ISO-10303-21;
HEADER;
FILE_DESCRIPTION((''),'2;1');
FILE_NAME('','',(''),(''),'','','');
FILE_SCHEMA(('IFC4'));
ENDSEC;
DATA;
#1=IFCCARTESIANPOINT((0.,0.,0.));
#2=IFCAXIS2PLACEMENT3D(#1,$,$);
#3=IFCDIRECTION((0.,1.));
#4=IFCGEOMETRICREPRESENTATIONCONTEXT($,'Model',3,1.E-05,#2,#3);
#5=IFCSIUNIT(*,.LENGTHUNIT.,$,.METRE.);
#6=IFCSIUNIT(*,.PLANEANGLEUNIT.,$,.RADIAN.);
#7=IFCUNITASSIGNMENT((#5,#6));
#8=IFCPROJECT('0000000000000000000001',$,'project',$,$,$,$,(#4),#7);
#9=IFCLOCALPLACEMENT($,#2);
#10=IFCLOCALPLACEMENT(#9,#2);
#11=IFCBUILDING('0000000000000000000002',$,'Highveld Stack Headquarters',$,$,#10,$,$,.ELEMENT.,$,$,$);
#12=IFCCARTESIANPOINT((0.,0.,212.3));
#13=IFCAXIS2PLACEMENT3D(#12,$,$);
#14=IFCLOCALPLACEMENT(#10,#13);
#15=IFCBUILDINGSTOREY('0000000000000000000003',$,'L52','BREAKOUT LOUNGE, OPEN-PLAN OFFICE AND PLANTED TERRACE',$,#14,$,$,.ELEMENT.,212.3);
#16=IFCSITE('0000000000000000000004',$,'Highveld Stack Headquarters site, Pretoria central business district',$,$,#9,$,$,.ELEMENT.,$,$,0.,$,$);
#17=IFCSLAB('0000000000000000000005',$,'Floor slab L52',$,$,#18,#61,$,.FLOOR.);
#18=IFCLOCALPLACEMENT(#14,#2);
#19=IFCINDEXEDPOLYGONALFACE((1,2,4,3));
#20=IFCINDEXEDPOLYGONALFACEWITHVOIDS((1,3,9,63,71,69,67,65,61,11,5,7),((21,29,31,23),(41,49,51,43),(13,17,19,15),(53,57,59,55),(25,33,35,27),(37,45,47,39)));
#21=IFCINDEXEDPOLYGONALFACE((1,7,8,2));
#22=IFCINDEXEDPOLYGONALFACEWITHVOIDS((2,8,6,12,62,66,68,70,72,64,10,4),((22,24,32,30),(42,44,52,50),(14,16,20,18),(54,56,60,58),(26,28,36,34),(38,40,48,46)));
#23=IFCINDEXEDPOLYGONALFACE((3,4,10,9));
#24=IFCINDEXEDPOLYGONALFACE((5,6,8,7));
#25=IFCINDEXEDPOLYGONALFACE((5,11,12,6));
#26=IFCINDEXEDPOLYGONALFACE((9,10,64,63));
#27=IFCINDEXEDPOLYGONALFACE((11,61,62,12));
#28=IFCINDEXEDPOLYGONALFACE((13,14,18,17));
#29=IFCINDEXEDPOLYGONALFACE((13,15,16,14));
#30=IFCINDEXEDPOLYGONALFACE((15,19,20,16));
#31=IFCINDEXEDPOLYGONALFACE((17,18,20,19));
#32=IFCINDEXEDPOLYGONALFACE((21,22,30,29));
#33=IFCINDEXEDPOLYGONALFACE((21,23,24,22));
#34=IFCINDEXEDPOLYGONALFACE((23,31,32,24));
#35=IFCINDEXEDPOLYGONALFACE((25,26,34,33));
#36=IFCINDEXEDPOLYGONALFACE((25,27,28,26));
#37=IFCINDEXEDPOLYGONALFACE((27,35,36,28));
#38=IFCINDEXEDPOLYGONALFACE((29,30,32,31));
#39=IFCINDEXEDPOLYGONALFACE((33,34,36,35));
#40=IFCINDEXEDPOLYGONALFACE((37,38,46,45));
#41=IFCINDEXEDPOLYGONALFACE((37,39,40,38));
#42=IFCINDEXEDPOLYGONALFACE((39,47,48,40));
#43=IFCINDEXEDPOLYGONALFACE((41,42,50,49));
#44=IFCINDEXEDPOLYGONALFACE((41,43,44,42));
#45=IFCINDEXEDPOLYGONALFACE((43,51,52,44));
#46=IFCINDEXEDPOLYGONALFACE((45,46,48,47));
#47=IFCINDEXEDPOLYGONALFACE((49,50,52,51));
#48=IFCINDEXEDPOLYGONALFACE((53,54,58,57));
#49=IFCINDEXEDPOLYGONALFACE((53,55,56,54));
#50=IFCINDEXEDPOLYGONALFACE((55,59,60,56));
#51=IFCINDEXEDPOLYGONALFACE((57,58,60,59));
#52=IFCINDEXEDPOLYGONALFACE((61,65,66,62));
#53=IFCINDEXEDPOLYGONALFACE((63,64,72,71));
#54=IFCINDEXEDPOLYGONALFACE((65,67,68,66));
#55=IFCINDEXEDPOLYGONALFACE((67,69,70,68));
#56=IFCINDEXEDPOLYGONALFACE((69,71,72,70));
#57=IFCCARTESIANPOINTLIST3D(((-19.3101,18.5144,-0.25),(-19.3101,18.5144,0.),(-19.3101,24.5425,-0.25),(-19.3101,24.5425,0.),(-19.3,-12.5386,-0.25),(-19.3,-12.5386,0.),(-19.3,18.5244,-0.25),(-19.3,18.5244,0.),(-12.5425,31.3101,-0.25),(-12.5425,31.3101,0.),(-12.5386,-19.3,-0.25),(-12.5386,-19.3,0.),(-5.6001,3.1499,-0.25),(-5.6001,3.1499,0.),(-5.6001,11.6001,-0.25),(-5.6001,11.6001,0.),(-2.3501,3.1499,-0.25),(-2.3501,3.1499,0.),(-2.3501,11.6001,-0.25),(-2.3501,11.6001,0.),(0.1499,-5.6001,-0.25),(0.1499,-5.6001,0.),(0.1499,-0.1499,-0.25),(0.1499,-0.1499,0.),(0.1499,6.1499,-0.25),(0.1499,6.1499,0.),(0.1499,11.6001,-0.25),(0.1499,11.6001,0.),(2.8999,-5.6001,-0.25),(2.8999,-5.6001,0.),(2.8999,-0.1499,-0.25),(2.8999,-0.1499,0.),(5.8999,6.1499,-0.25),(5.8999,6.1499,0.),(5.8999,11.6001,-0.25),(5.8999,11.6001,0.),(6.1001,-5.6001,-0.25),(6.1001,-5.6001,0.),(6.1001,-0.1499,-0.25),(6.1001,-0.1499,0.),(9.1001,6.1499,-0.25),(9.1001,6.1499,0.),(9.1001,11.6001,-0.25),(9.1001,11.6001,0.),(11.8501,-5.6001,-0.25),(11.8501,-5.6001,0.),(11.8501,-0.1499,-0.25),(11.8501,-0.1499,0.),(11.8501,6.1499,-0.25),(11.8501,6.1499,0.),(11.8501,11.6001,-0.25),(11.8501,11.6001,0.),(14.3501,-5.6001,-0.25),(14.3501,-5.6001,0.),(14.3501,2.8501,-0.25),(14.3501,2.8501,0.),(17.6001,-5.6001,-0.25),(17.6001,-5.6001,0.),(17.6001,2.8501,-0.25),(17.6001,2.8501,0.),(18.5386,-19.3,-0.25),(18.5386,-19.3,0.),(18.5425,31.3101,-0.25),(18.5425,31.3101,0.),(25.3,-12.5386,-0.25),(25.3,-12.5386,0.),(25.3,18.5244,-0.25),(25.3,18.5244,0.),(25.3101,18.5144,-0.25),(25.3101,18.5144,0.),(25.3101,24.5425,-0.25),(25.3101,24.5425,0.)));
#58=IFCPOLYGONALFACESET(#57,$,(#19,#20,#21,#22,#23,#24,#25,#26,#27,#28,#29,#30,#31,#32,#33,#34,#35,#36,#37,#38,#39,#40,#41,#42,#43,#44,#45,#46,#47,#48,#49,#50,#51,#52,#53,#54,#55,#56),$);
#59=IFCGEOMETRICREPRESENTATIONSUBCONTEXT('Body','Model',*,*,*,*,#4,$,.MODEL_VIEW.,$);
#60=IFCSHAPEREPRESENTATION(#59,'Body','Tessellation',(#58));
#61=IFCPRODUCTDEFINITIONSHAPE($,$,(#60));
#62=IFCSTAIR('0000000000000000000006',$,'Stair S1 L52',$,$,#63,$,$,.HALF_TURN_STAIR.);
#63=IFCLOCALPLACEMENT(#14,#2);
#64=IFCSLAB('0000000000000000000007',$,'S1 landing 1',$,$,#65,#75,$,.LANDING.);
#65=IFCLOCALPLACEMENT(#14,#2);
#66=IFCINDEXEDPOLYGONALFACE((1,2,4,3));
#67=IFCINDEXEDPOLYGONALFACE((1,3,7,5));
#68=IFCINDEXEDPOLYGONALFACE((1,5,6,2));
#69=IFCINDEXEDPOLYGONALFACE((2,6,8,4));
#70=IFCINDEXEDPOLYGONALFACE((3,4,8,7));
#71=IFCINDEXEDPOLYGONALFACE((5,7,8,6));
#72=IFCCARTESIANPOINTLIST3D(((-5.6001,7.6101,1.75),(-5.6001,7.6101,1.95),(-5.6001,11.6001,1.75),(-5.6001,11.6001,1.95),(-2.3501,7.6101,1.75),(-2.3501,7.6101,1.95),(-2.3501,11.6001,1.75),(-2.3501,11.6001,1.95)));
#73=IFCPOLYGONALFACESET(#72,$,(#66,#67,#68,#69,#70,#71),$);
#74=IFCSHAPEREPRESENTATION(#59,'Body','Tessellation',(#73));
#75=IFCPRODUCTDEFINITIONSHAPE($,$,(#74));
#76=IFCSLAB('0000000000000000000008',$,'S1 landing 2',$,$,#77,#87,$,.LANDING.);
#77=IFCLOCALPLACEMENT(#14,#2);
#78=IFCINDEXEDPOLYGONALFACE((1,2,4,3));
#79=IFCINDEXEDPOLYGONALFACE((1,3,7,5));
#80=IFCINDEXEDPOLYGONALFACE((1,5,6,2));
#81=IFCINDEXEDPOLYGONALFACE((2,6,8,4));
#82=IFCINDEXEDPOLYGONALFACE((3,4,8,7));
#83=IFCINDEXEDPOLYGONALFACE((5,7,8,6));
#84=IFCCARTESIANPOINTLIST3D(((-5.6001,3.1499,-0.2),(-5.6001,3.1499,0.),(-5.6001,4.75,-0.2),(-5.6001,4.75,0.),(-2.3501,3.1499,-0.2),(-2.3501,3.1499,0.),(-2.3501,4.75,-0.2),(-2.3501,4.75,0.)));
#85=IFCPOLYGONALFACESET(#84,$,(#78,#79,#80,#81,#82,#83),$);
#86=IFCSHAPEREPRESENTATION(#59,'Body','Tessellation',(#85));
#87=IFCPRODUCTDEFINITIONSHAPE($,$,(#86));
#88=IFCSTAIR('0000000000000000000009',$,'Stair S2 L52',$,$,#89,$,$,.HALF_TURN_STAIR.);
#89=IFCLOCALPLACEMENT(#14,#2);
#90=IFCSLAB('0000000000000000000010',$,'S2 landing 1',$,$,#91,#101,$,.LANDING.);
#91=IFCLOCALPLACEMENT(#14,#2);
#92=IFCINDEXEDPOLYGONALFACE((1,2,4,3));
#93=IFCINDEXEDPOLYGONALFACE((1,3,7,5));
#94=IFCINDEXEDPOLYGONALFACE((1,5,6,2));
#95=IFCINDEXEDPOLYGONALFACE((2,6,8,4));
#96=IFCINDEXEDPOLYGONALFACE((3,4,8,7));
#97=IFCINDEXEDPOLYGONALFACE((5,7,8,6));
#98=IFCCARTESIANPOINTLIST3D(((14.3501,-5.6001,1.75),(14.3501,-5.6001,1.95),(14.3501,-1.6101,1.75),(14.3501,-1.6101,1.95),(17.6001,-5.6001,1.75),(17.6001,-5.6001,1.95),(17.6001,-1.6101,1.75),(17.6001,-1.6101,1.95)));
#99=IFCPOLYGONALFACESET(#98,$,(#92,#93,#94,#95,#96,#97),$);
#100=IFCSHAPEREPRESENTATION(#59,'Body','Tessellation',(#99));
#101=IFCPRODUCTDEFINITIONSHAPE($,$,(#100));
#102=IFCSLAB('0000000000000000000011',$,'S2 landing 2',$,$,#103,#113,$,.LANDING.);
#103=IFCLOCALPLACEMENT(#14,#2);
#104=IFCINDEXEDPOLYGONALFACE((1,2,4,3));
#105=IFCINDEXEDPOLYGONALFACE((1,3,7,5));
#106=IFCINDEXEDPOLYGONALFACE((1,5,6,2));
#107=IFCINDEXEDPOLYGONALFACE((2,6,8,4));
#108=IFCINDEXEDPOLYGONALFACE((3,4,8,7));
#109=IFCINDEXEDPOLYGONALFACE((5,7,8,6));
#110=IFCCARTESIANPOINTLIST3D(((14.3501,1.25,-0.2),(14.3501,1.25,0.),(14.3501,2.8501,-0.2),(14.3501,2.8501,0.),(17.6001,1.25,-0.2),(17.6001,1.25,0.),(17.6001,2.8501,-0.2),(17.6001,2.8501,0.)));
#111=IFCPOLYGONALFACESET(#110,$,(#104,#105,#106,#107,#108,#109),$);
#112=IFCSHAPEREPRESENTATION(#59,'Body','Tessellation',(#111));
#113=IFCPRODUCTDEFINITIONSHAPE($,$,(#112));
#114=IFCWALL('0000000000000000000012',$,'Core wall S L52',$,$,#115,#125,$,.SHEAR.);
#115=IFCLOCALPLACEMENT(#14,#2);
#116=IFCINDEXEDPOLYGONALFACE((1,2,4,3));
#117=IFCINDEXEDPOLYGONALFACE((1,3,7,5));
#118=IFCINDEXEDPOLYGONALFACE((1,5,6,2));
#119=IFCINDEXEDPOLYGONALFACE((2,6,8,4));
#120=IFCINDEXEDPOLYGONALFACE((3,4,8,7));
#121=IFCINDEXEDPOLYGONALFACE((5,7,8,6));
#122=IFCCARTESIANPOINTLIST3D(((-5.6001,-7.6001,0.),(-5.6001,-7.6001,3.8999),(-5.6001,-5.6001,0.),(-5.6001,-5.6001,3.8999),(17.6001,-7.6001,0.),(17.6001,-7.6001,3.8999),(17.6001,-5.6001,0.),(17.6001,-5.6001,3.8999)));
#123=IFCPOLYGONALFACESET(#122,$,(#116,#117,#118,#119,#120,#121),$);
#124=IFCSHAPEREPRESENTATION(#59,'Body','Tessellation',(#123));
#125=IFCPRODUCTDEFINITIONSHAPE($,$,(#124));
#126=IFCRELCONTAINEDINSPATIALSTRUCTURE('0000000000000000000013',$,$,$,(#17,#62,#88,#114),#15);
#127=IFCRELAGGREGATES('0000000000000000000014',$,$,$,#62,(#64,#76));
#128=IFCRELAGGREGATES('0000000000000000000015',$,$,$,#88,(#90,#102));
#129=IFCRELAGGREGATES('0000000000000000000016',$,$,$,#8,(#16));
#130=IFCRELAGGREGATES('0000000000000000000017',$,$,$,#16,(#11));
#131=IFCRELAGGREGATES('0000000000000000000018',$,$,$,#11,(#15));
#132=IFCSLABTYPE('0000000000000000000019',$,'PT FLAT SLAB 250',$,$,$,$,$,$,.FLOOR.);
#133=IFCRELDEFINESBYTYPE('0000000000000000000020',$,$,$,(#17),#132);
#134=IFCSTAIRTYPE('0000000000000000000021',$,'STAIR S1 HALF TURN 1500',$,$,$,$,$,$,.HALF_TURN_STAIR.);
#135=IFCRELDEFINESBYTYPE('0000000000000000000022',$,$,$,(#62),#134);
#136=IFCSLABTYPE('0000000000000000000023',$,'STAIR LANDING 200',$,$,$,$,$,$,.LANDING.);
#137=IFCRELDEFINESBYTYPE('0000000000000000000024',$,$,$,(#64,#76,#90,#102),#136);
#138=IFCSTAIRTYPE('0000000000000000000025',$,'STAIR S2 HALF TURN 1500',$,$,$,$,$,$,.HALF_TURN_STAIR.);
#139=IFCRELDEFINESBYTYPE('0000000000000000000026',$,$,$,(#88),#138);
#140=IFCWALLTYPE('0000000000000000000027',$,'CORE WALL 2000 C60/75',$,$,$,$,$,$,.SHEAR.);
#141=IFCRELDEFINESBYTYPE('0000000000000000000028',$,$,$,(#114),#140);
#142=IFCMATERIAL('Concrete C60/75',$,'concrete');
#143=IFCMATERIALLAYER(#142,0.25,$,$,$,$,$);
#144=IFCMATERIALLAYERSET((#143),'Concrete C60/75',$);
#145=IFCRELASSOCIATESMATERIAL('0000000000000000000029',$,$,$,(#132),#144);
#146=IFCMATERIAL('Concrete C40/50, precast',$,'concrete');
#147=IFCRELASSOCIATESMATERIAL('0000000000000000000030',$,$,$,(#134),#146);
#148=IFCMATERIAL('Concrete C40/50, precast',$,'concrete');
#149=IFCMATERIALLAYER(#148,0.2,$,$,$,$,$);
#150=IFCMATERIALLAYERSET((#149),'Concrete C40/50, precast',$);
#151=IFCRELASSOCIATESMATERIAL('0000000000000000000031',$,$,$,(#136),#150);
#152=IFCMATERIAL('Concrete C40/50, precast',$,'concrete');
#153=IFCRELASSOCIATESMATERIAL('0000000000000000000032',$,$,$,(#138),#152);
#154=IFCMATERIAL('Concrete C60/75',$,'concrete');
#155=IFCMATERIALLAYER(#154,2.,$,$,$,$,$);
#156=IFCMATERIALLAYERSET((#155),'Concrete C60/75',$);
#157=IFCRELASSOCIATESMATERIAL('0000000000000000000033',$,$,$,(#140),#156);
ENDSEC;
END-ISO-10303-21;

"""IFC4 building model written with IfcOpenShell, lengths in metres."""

from ifc_helpers import new_model, si_unit, direction, frame, frame_2d, origin, place, context, subcontext, project, spatial, polyline, rectangle, outline, extrude, material, layer, layer_set, type_object, element, aggregate, save


model = new_model("IFC4")

# Units and contexts
model_context = context("Model", 3, precision=1e-05, world=origin(), true_north=direction((0.0, 1.0)))
body_context = subcontext(model_context, "Body", "Model", "MODEL_VIEW")
ifc_project = project(units=[si_unit("LENGTHUNIT", "METRE"), si_unit("PLANEANGLEUNIT", "RADIAN")], contexts=[model_context])

# Site, building, storey
site_placement = place(None, origin())
site = spatial("IfcSite", under=ifc_project, at=site_placement, Name="Highveld Stack Headquarters site, Pretoria central business district", CompositionType="ELEMENT", RefElevation=0.0)
building_placement = place(site_placement, origin())
building = spatial("IfcBuilding", under=site, at=building_placement, Name="Highveld Stack Headquarters", CompositionType="ELEMENT")
storey_placement = place(building_placement, frame((0.0, 0.0, 212.3)))
storey = spatial("IfcBuildingStorey", under=building, at=storey_placement, Name="L52", Description="BREAKOUT LOUNGE, OPEN-PLAN OFFICE AND PLANTED TERRACE", CompositionType="ELEMENT", Elevation=212.3)

# Slab
ifc_material_1 = material(Name="Concrete C60/75", Category="concrete")
ifc_layer_1 = layer(ifc_material_1, 0.25)
ifc_layer_set_1 = layer_set([ifc_layer_1], Name="Concrete C60/75")
slab_type_1 = type_object("IfcSlabType", Name="PT FLAT SLAB 250", PredefinedType="FLOOR", material=ifc_layer_set_1)
slab_1_placement = place(storey_placement, frame((0.0, 0.0, -0.25)))
element("IfcSlab", 1, at=slab_1_placement, inside=storey, type_object=slab_type_1, Name="Floor slab L52", PredefinedType="FLOOR", context=body_context, shape_type="SweptSolid", body=[
    extrude(outline(polyline([(25.3, -12.5386), (18.5386, -19.3), (-12.5386, -19.3), (-19.3, -12.5386), (-19.3, 18.5244), (-19.3101, 18.5144), (-19.3101, 24.5425), (-12.5425, 31.3101), (18.5425, 31.3101), (25.3101, 24.5425), (25.3101, 18.5144), (25.3, 18.5244), (25.3, -12.5386)]), holes=[polyline([(0.1499, 6.1499), (5.8999, 6.1499), (5.8999, 11.6001), (0.1499, 11.6001), (0.1499, 6.1499)]), polyline([(9.1001, 6.1499), (11.8501, 6.1499), (11.8501, 11.6001), (9.1001, 11.6001), (9.1001, 6.1499)]), polyline([(6.1001, -5.6001), (11.8501, -5.6001), (11.8501, -0.1499), (6.1001, -0.1499), (6.1001, -5.6001)]), polyline([(0.1499, -5.6001), (2.8999, -5.6001), (2.8999, -0.1499), (0.1499, -0.1499), (0.1499, -5.6001)]), polyline([(-5.6001, 3.1499), (-2.3501, 3.1499), (-2.3501, 11.6001), (-5.6001, 11.6001), (-5.6001, 3.1499)]), polyline([(14.3501, -5.6001), (17.6001, -5.6001), (17.6001, 2.8501), (14.3501, 2.8501), (14.3501, -5.6001)])]), origin(), (0.0, 0.0, 1.0), 0.25),
])

# Stairs, slabs
ifc_material_2 = material(Name="Concrete C40/50, precast", Category="concrete")
stair_type_1 = type_object("IfcStairType", Name="STAIR S1 HALF TURN 1500", PredefinedType="HALF_TURN_STAIR", material=ifc_material_2)
stair_1_placement = place(storey_placement, origin())
stair_1 = element("IfcStair", 2, at=stair_1_placement, inside=storey, type_object=stair_type_1, Name="Stair S1 L52", PredefinedType="HALF_TURN_STAIR")
ifc_material_3 = material(Name="Concrete C40/50, precast", Category="concrete")
ifc_layer_2 = layer(ifc_material_3, 0.2)
ifc_layer_set_2 = layer_set([ifc_layer_2], Name="Concrete C40/50, precast")
slab_type_2 = type_object("IfcSlabType", Name="STAIR LANDING 200", PredefinedType="LANDING", material=ifc_layer_set_2)
slab_2_placement = place(storey_placement, frame((0.0, 0.0, 1.75)))
slab_2 = element("IfcSlab", 3, at=slab_2_placement, type_object=slab_type_2, Name="S1 landing 1", PredefinedType="LANDING", context=body_context, shape_type="SweptSolid", body=[
    extrude(outline(polyline([(-5.6001, 7.6101), (-2.3501, 7.6101), (-2.3501, 11.6001), (-5.6001, 11.6001), (-5.6001, 7.6101)])), origin(), (0.0, 0.0, 1.0), 0.2),
])
slab_3_placement = place(storey_placement, frame((0.0, 0.0, -0.2)))
slab_3 = element("IfcSlab", 4, at=slab_3_placement, type_object=slab_type_2, Name="S1 landing 2", PredefinedType="LANDING", context=body_context, shape_type="SweptSolid", body=[
    extrude(outline(polyline([(-5.6001, 3.1499), (-2.3501, 3.1499), (-2.3501, 4.75), (-5.6001, 4.75), (-5.6001, 3.1499)])), origin(), (0.0, 0.0, 1.0), 0.2),
])
aggregate(stair_1, [slab_2, slab_3])
ifc_material_4 = material(Name="Concrete C40/50, precast", Category="concrete")
stair_type_2 = type_object("IfcStairType", Name="STAIR S2 HALF TURN 1500", PredefinedType="HALF_TURN_STAIR", material=ifc_material_4)
stair_2_placement = place(storey_placement, origin())
stair_2 = element("IfcStair", 5, at=stair_2_placement, inside=storey, type_object=stair_type_2, Name="Stair S2 L52", PredefinedType="HALF_TURN_STAIR")
slab_4_placement = place(storey_placement, frame((0.0, 0.0, 1.75)))
slab_4 = element("IfcSlab", 6, at=slab_4_placement, type_object=slab_type_2, Name="S2 landing 1", PredefinedType="LANDING", context=body_context, shape_type="SweptSolid", body=[
    extrude(outline(polyline([(14.3501, -5.6001), (17.6001, -5.6001), (17.6001, -1.6101), (14.3501, -1.6101), (14.3501, -5.6001)])), origin(), (0.0, 0.0, 1.0), 0.2),
])
slab_5_placement = place(storey_placement, frame((0.0, 0.0, -0.2)))
slab_5 = element("IfcSlab", 7, at=slab_5_placement, type_object=slab_type_2, Name="S2 landing 2", PredefinedType="LANDING", context=body_context, shape_type="SweptSolid", body=[
    extrude(outline(polyline([(14.3501, 1.25), (17.6001, 1.25), (17.6001, 2.8501), (14.3501, 2.8501), (14.3501, 1.25)])), origin(), (0.0, 0.0, 1.0), 0.2),
])
aggregate(stair_2, [slab_4, slab_5])

# Wall
ifc_material_5 = material(Name="Concrete C60/75", Category="concrete")
ifc_layer_3 = layer(ifc_material_5, 2.0)
ifc_layer_set_3 = layer_set([ifc_layer_3], Name="Concrete C60/75")
wall_type_1 = type_object("IfcWallType", Name="CORE WALL 2000 C60/75", PredefinedType="SHEAR", material=ifc_layer_set_3)
wall_1_placement = place(storey_placement, frame((-5.6001, -6.6001, 0.0), z_axis=(0.0, 0.0, 1.0), x_axis=(1.0, 0.0, 0.0)))
element("IfcWall", 8, at=wall_1_placement, inside=storey, type_object=wall_type_1, Name="Core wall S L52", PredefinedType="SHEAR", context=body_context, shape_type="SweptSolid", body=[
    extrude(rectangle(XDim=23.2002, YDim=2.0, at=frame_2d((11.6001, 0.0))), origin(), (0.0, 0.0, 1.0), 3.8999),
])

save(model, "model.ifc")
